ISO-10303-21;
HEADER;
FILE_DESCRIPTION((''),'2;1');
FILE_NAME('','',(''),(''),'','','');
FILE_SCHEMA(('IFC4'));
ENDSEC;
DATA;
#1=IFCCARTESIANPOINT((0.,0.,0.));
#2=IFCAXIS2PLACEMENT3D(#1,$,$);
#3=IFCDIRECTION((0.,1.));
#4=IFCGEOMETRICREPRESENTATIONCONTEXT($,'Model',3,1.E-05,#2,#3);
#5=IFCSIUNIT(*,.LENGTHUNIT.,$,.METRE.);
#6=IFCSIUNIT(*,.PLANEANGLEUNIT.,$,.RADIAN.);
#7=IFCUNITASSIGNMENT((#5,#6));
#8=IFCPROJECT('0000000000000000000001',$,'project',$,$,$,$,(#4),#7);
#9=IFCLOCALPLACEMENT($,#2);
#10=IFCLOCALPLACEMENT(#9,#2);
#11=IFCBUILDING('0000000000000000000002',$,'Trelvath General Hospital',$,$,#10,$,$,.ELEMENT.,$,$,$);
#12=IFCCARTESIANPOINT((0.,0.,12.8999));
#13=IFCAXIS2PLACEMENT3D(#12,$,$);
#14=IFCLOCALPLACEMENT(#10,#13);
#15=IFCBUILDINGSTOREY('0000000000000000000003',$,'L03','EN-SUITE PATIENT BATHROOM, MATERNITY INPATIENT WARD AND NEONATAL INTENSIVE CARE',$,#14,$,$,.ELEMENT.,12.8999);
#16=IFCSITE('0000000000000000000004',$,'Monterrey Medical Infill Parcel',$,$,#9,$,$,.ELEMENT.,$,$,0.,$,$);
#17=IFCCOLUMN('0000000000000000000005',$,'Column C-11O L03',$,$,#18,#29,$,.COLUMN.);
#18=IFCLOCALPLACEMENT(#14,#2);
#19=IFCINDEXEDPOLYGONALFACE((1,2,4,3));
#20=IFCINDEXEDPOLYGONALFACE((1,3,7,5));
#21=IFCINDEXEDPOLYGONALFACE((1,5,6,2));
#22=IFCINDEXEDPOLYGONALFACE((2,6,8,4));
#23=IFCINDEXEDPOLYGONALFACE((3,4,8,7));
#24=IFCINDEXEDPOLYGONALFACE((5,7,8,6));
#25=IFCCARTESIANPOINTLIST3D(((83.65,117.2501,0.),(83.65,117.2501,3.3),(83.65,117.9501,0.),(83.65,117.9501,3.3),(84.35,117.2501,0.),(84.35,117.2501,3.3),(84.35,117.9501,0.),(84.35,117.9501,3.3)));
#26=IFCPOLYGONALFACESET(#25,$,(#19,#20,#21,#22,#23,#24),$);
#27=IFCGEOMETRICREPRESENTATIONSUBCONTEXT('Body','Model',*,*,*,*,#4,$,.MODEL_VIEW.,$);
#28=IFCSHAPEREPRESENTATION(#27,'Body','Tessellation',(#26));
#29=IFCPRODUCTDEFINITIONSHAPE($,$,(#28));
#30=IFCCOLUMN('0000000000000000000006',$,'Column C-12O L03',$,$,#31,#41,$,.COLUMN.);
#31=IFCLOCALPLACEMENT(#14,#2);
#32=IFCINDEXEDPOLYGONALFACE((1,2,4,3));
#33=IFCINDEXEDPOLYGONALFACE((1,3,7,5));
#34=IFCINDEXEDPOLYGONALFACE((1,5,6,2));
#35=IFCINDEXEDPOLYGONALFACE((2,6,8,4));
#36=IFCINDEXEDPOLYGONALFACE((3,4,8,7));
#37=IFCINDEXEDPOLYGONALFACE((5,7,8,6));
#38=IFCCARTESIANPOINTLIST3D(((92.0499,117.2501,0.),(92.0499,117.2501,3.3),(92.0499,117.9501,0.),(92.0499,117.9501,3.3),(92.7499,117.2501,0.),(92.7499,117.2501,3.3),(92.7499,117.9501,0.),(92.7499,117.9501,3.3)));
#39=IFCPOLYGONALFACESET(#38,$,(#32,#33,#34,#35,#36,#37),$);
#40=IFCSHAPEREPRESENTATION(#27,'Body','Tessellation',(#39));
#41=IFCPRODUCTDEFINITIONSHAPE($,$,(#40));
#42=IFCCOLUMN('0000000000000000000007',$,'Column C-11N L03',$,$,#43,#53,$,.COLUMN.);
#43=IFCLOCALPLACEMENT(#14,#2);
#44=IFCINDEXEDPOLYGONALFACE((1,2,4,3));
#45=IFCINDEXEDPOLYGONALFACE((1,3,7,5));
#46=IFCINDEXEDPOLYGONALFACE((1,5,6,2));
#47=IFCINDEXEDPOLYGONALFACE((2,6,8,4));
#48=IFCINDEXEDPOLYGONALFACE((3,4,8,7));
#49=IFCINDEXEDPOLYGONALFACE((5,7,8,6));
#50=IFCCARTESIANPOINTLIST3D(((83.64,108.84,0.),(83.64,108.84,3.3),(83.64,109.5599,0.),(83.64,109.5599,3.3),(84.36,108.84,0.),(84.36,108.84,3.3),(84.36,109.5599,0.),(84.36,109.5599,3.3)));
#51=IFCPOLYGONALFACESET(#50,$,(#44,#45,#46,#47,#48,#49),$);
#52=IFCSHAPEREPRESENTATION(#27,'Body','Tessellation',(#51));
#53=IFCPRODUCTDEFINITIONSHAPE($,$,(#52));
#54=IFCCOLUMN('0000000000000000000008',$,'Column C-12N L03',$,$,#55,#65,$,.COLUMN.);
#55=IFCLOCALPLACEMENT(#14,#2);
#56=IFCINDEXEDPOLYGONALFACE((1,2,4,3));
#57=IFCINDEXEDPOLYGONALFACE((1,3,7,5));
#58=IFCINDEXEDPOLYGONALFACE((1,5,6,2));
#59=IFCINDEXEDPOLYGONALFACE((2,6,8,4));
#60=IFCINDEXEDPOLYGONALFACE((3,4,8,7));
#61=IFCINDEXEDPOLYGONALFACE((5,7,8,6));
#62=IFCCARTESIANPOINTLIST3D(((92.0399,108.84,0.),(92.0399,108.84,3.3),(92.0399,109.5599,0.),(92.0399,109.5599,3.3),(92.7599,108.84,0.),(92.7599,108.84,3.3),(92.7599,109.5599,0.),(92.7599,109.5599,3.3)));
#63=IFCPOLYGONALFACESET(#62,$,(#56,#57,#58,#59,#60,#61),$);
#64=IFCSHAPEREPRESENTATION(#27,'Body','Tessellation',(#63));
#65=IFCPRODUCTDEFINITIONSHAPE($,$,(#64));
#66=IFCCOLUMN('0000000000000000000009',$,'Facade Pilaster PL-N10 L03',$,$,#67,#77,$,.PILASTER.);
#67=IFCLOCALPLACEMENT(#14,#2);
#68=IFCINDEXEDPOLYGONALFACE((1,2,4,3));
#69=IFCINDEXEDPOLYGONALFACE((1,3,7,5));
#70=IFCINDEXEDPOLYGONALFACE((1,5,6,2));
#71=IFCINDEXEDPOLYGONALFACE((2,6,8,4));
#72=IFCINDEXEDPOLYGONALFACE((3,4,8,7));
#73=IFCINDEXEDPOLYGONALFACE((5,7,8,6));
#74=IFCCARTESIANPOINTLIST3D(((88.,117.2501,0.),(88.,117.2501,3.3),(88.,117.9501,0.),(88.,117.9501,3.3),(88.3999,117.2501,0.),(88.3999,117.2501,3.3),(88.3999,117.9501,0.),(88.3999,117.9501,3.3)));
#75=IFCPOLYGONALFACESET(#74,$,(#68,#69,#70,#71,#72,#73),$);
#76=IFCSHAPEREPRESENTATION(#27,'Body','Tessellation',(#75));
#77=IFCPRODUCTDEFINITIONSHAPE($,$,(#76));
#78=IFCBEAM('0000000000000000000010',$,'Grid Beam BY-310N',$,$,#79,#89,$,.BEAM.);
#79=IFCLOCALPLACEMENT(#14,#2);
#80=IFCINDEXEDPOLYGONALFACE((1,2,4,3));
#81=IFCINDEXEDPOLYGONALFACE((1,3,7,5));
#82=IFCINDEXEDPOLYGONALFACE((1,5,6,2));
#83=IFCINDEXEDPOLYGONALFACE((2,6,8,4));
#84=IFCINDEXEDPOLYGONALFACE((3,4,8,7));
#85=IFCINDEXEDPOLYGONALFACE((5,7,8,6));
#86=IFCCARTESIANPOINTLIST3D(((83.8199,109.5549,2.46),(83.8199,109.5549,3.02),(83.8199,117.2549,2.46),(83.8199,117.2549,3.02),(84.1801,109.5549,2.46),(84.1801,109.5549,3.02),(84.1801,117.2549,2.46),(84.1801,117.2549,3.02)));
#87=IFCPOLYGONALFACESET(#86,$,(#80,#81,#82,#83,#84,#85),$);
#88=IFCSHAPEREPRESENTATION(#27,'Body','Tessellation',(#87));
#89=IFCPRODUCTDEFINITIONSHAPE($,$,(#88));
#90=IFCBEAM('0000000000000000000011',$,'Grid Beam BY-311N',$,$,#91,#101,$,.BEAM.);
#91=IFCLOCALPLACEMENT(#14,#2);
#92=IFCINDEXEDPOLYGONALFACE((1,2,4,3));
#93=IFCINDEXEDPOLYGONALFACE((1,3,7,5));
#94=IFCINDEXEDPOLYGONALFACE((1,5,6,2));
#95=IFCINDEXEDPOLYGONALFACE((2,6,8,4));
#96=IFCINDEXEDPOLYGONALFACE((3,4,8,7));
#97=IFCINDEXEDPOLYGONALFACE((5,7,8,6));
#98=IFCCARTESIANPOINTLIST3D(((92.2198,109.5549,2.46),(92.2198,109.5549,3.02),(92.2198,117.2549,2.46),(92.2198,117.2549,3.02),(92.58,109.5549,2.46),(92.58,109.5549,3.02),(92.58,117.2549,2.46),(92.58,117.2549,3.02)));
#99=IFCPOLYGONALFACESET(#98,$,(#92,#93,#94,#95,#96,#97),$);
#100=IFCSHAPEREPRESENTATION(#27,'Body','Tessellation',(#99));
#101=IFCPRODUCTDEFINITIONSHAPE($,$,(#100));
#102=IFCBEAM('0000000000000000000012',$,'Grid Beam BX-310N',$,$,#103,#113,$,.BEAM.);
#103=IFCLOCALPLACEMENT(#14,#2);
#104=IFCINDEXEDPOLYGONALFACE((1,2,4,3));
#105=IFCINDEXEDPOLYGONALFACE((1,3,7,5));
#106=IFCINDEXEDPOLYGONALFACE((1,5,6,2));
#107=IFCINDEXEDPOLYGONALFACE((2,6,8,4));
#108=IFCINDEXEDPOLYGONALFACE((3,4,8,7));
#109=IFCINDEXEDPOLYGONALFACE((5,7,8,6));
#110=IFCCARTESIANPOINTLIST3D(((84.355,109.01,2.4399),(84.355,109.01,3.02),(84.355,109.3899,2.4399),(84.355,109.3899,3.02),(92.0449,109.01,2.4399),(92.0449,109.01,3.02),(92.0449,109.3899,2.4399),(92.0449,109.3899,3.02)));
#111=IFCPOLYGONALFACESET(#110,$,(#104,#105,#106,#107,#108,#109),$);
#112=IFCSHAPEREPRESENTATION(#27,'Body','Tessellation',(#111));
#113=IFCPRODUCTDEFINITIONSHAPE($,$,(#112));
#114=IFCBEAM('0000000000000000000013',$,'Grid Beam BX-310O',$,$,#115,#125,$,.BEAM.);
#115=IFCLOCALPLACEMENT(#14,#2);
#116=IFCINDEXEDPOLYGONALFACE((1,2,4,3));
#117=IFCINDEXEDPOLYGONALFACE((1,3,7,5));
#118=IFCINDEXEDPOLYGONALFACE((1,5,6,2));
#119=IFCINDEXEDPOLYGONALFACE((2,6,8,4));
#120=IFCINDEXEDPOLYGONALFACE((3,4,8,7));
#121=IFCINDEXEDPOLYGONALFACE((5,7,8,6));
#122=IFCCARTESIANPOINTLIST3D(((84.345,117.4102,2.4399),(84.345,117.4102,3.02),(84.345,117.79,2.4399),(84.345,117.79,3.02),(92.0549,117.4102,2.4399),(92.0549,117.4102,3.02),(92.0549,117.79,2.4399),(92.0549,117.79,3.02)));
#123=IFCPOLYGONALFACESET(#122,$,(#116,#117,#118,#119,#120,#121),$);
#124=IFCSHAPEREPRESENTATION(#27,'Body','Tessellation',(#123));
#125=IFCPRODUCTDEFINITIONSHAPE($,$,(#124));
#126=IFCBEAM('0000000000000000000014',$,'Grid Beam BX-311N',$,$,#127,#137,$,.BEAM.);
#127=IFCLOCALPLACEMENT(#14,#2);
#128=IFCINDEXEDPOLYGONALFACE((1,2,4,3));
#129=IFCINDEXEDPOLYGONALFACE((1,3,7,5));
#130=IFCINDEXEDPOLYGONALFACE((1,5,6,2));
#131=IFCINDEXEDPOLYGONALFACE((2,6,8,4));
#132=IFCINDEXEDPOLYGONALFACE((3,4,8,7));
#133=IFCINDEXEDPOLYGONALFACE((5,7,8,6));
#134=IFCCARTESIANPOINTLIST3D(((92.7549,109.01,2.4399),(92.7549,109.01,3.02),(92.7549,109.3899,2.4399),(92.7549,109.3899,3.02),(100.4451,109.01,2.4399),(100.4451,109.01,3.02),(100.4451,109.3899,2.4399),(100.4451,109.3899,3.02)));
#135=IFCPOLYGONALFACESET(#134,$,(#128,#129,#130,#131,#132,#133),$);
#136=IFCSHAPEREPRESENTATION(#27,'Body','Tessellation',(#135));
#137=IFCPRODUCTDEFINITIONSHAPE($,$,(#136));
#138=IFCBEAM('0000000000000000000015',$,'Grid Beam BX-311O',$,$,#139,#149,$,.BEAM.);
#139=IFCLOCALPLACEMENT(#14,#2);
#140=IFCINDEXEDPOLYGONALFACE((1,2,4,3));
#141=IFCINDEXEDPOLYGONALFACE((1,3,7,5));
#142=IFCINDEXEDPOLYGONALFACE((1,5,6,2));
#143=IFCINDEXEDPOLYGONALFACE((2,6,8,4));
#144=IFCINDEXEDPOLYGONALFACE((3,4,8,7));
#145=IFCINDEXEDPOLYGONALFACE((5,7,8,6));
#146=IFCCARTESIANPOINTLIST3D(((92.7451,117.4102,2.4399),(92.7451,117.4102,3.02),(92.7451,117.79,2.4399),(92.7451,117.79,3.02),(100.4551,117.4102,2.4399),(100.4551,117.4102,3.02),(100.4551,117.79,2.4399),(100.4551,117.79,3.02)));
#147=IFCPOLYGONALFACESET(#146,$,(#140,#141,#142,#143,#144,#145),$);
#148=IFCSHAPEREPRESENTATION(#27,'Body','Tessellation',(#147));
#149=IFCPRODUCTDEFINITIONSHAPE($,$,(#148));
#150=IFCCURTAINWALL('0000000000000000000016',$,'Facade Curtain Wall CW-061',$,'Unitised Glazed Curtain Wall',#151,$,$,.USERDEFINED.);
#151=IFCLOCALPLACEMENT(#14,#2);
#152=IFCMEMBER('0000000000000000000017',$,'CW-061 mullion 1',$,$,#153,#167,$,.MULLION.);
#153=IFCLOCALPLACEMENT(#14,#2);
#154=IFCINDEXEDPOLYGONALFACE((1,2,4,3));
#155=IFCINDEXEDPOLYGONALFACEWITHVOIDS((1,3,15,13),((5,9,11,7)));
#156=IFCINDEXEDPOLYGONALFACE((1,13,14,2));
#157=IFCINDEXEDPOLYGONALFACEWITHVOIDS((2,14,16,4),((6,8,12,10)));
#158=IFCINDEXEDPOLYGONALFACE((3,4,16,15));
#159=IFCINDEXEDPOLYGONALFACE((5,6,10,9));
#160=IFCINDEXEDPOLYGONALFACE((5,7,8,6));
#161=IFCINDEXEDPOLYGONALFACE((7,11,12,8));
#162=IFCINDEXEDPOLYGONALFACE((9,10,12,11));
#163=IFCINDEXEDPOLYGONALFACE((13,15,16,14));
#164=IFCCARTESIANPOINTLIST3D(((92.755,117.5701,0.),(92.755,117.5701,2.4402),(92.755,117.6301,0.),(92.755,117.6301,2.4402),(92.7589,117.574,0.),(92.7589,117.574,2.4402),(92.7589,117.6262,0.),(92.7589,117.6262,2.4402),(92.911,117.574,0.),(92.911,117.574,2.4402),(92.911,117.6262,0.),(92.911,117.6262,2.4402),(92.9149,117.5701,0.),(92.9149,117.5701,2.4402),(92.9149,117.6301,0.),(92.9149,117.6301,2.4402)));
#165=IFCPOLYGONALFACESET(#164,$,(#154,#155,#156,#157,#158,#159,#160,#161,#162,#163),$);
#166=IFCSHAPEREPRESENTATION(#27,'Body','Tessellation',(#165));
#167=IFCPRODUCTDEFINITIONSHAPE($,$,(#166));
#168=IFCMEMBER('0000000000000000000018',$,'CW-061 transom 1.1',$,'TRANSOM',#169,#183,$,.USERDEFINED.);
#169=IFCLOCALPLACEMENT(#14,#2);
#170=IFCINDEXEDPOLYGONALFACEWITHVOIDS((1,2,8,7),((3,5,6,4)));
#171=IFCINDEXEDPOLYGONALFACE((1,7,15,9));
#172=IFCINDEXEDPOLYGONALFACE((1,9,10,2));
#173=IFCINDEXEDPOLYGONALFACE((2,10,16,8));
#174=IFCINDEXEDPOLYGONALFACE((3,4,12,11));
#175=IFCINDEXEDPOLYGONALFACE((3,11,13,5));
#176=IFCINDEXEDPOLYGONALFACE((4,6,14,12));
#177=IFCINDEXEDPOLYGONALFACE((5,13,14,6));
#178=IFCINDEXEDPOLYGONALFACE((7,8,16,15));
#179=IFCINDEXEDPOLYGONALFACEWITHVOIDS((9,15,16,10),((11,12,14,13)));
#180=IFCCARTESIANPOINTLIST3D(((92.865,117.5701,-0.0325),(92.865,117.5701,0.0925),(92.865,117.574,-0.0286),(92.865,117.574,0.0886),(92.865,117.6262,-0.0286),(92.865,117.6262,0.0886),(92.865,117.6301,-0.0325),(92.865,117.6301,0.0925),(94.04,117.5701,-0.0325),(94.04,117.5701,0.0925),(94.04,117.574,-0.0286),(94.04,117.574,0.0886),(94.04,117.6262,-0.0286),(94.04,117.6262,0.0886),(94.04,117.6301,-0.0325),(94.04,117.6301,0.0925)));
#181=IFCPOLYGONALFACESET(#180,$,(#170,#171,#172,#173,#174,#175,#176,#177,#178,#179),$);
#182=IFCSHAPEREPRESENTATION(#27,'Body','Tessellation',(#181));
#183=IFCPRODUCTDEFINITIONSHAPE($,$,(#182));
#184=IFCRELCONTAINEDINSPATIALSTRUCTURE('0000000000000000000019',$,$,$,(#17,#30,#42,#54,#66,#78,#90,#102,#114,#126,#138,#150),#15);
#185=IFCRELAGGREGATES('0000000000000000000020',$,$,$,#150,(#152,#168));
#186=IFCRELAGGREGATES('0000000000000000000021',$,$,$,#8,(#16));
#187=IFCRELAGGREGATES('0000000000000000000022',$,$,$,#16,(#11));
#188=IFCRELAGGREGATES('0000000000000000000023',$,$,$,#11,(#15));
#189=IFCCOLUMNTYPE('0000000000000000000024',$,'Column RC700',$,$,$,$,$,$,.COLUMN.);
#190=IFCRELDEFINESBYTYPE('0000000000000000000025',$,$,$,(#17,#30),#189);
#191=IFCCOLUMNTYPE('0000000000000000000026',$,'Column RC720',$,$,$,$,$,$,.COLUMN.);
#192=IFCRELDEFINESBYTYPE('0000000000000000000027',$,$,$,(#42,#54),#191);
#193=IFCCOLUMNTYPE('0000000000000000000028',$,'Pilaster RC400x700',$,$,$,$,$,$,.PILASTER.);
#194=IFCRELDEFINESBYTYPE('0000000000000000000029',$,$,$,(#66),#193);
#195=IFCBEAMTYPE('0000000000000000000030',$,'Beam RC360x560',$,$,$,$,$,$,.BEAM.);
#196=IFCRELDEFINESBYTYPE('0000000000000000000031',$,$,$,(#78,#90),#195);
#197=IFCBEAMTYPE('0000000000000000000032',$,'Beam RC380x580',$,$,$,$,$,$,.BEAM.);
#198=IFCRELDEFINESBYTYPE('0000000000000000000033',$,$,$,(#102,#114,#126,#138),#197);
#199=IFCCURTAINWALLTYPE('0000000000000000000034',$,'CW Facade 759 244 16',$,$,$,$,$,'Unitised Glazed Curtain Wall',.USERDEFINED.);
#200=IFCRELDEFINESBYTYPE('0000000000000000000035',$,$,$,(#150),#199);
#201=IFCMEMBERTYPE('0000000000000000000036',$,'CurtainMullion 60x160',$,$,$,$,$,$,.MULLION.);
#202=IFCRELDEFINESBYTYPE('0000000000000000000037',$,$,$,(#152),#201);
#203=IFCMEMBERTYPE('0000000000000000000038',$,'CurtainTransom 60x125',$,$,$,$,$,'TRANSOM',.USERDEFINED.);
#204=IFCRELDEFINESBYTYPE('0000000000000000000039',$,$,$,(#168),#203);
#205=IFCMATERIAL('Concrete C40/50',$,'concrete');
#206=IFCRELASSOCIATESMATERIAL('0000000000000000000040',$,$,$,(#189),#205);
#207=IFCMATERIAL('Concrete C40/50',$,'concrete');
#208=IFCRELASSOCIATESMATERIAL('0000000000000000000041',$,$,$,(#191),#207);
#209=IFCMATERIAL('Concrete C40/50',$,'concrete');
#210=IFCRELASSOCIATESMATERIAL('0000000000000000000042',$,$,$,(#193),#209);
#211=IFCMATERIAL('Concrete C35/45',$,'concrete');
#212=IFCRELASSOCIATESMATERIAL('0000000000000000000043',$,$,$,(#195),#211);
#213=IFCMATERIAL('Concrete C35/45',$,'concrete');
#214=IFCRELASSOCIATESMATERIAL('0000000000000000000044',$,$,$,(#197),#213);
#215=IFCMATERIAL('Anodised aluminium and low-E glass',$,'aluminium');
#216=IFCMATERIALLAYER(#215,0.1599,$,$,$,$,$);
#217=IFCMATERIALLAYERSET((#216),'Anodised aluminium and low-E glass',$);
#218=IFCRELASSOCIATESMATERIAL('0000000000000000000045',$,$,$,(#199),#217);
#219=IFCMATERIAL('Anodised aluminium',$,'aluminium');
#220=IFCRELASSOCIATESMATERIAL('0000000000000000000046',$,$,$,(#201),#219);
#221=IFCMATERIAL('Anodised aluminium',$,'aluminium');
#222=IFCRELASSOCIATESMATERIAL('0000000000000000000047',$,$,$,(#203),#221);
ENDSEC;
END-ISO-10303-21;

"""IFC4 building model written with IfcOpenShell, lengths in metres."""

from ifc_helpers import new_model, si_unit, direction, frame, origin, origin_2d, place, context, subcontext, project, spatial, rectangle, hollow_rectangle, extrude, material, layer, layer_set, material_profile, profile_set, type_object, element, aggregate, save


model = new_model("IFC4")

# Units and contexts
model_context = context("Model", 3, precision=1e-05, world=origin(), true_north=direction((0.0, 1.0)))
body_context = subcontext(model_context, "Body", "Model", "MODEL_VIEW")
ifc_project = project(units=[si_unit("LENGTHUNIT", "METRE"), si_unit("PLANEANGLEUNIT", "RADIAN")], contexts=[model_context])

# Site, building, storey
site_placement = place(None, origin())
site = spatial("IfcSite", under=ifc_project, at=site_placement, Name="Monterrey Medical Infill Parcel", CompositionType="ELEMENT", RefElevation=0.0)
building_placement = place(site_placement, origin())
building = spatial("IfcBuilding", under=site, at=building_placement, Name="Trelvath General Hospital", CompositionType="ELEMENT")
storey_placement = place(building_placement, frame((0.0, 0.0, 12.8999)))
storey = spatial("IfcBuildingStorey", under=building, at=storey_placement, Name="L03", Description="EN-SUITE PATIENT BATHROOM, MATERNITY INPATIENT WARD AND NEONATAL INTENSIVE CARE", CompositionType="ELEMENT", Elevation=12.8999)

# Columns
ifc_material_1 = material(Name="Concrete C40/50", Category="concrete")
ifc_material_profile_1 = material_profile(ifc_material_1, rectangle(XDim=0.7, YDim=0.7, at=origin_2d()), Name="RC700x700")
ifc_profile_set_1 = profile_set([ifc_material_profile_1], Name="Concrete C40/50")
column_type_1 = type_object("IfcColumnType", Name="Column RC700", PredefinedType="COLUMN", material=ifc_profile_set_1)
for number, where, z_axis, x_axis, name in (
    (1, (84.0, 117.6001, 0.0), (0.0, 0.0, 1.0), (1.0, 0.0, 0.0), "Column C-11O L03"),
    (2, (92.3999, 117.6001, 0.0), (0.0, 0.0, 1.0), (1.0, 0.0, 0.0), "Column C-12O L03"),
):
    element("IfcColumn", number, at=place(storey_placement, frame(where, z_axis=z_axis, x_axis=x_axis)), inside=storey, type_object=column_type_1, Name=name, PredefinedType="COLUMN", context=body_context, shape_type="SweptSolid", body=[
        extrude(rectangle(XDim=0.7, YDim=0.7, at=origin_2d()), origin(), (0.0, 0.0, 1.0), 3.3),
    ])
ifc_material_2 = material(Name="Concrete C40/50", Category="concrete")
ifc_material_profile_2 = material_profile(ifc_material_2, rectangle(XDim=0.72, YDim=0.72, at=origin_2d()), Name="RC720x720")
ifc_profile_set_2 = profile_set([ifc_material_profile_2], Name="Concrete C40/50")
column_type_2 = type_object("IfcColumnType", Name="Column RC720", PredefinedType="COLUMN", material=ifc_profile_set_2)
for number, where, z_axis, x_axis, name in (
    (3, (84.0, 109.2, 0.0), (0.0, 0.0, 1.0), (1.0, 0.0, 0.0), "Column C-11N L03"),
    (4, (92.3999, 109.2, 0.0), (0.0, 0.0, 1.0), (1.0, 0.0, 0.0), "Column C-12N L03"),
):
    element("IfcColumn", number, at=place(storey_placement, frame(where, z_axis=z_axis, x_axis=x_axis)), inside=storey, type_object=column_type_2, Name=name, PredefinedType="COLUMN", context=body_context, shape_type="SweptSolid", body=[
        extrude(rectangle(XDim=0.72, YDim=0.72, at=origin_2d()), origin(), (0.0, 0.0, 1.0), 3.3),
    ])
ifc_material_3 = material(Name="Concrete C40/50", Category="concrete")
ifc_material_profile_3 = material_profile(ifc_material_3, rectangle(XDim=0.3999, YDim=0.7, at=origin_2d()), Name="RC400x700")
ifc_profile_set_3 = profile_set([ifc_material_profile_3], Name="Concrete C40/50")
column_type_3 = type_object("IfcColumnType", Name="Pilaster RC400x700", PredefinedType="PILASTER", material=ifc_profile_set_3)
column_placement = place(storey_placement, frame((88.2, 117.6001, 0.0), z_axis=(0.0, 0.0, 1.0), x_axis=(1.0, 0.0, 0.0)))
element("IfcColumn", 5, at=column_placement, inside=storey, type_object=column_type_3, Name="Facade Pilaster PL-N10 L03", PredefinedType="PILASTER", context=body_context, shape_type="SweptSolid", body=[
    extrude(rectangle(XDim=0.3999, YDim=0.7, at=origin_2d()), origin(), (0.0, 0.0, 1.0), 3.3),
])

# Beams
ifc_material_4 = material(Name="Concrete C35/45", Category="concrete")
ifc_material_profile_4 = material_profile(ifc_material_4, rectangle(XDim=0.3601, YDim=0.5601, at=origin_2d()), Name="RCB360x560")
ifc_profile_set_4 = profile_set([ifc_material_profile_4], Name="Concrete C35/45")
beam_type_1 = type_object("IfcBeamType", Name="Beam RC360x560", PredefinedType="BEAM", material=ifc_profile_set_4)
for number, where, z_axis, x_axis, name in (
    (6, (84.0, 109.5549, 2.74), (0.0, 1.0, 0.0), (-1.0, 0.0, 0.0), "Grid Beam BY-310N"),
    (7, (92.3999, 109.5549, 2.74), (0.0, 1.0, 0.0), (-1.0, 0.0, 0.0), "Grid Beam BY-311N"),
):
    element("IfcBeam", number, at=place(storey_placement, frame(where, z_axis=z_axis, x_axis=x_axis)), inside=storey, type_object=beam_type_1, Name=name, PredefinedType="BEAM", context=body_context, shape_type="SweptSolid", body=[
        extrude(rectangle(XDim=0.3601, YDim=0.5601, at=origin_2d()), origin(), (0.0, 0.0, 1.0), 7.7),
    ])
ifc_material_5 = material(Name="Concrete C35/45", Category="concrete")
ifc_material_profile_5 = material_profile(ifc_material_5, rectangle(XDim=0.3799, YDim=0.5801, at=origin_2d()), Name="RCB380x580")
ifc_profile_set_5 = profile_set([ifc_material_profile_5], Name="Concrete C35/45")
beam_type_2 = type_object("IfcBeamType", Name="Beam RC380x580", PredefinedType="BEAM", material=ifc_profile_set_5)
beam_1_placement = place(storey_placement, frame((84.355, 109.2, 2.73), z_axis=(1.0, 0.0, 0.0), x_axis=(0.0, 1.0, 0.0)))
element("IfcBeam", 8, at=beam_1_placement, inside=storey, type_object=beam_type_2, Name="Grid Beam BX-310N", PredefinedType="BEAM", context=body_context, shape_type="SweptSolid", body=[
    extrude(rectangle(XDim=0.3799, YDim=0.5801, at=origin_2d()), origin(), (0.0, 0.0, 1.0), 7.6899),
])
beam_2_placement = place(storey_placement, frame((84.345, 117.6001, 2.73), z_axis=(1.0, 0.0, 0.0), x_axis=(0.0, 1.0, 0.0)))
element("IfcBeam", 9, at=beam_2_placement, inside=storey, type_object=beam_type_2, Name="Grid Beam BX-310O", PredefinedType="BEAM", context=body_context, shape_type="SweptSolid", body=[
    extrude(rectangle(XDim=0.3799, YDim=0.5801, at=origin_2d()), origin(), (0.0, 0.0, 1.0), 7.71),
])
beam_3_placement = place(storey_placement, frame((92.7549, 109.2, 2.73), z_axis=(1.0, 0.0, 0.0), x_axis=(0.0, 1.0, 0.0)))
element("IfcBeam", 10, at=beam_3_placement, inside=storey, type_object=beam_type_2, Name="Grid Beam BX-311N", PredefinedType="BEAM", context=body_context, shape_type="SweptSolid", body=[
    extrude(rectangle(XDim=0.3799, YDim=0.5801, at=origin_2d()), origin(), (0.0, 0.0, 1.0), 7.6902),
])
beam_4_placement = place(storey_placement, frame((92.7451, 117.6001, 2.73), z_axis=(1.0, 0.0, 0.0), x_axis=(0.0, 1.0, 0.0)))
element("IfcBeam", 11, at=beam_4_placement, inside=storey, type_object=beam_type_2, Name="Grid Beam BX-311O", PredefinedType="BEAM", context=body_context, shape_type="SweptSolid", body=[
    extrude(rectangle(XDim=0.3799, YDim=0.5801, at=origin_2d()), origin(), (0.0, 0.0, 1.0), 7.71),
])

# Curtain wall, members
ifc_material_6 = material(Name="Anodised aluminium and low-E glass", Category="aluminium")
ifc_layer_1 = layer(ifc_material_6, 0.1599)
ifc_layer_set_1 = layer_set([ifc_layer_1], Name="Anodised aluminium and low-E glass")
curtain_wall_type = type_object("IfcCurtainWallType", Name="CW Facade 759 244 16", ElementType="Unitised Glazed Curtain Wall", PredefinedType="USERDEFINED", material=ifc_layer_set_1)
curtain_wall_placement = place(storey_placement, origin())
curtain_wall = element("IfcCurtainWall", 12, at=curtain_wall_placement, inside=storey, type_object=curtain_wall_type, Name="Facade Curtain Wall CW-061", ObjectType="Unitised Glazed Curtain Wall", PredefinedType="USERDEFINED")
ifc_material_7 = material(Name="Anodised aluminium", Category="aluminium")
ifc_material_profile_6 = material_profile(ifc_material_7, hollow_rectangle(XDim=0.0601, YDim=0.1599, WallThickness=0.0039, at=origin_2d()), Name="RHS60x160x4")
ifc_profile_set_6 = profile_set([ifc_material_profile_6], Name="Anodised aluminium")
member_type_1 = type_object("IfcMemberType", Name="CurtainMullion 60x160", PredefinedType="MULLION", material=ifc_profile_set_6)
member_1_placement = place(storey_placement, frame((92.835, 117.6001, 0.0), z_axis=(0.0, 0.0, 1.0), x_axis=(0.0, 1.0, 0.0)))
member_1 = element("IfcMember", 13, at=member_1_placement, type_object=member_type_1, Name="CW-061 mullion 1", PredefinedType="MULLION", context=body_context, shape_type="SweptSolid", body=[
    extrude(hollow_rectangle(XDim=0.0601, YDim=0.1599, WallThickness=0.0039, at=origin_2d()), origin(), (0.0, 0.0, 1.0), 2.4402),
])
ifc_material_8 = material(Name="Anodised aluminium", Category="aluminium")
ifc_material_profile_7 = material_profile(ifc_material_8, hollow_rectangle(XDim=0.0601, YDim=0.125, WallThickness=0.0039, at=origin_2d()), Name="RHS60x125x4")
ifc_profile_set_7 = profile_set([ifc_material_profile_7], Name="Anodised aluminium")
member_type_2 = type_object("IfcMemberType", Name="CurtainTransom 60x125", ElementType="TRANSOM", PredefinedType="USERDEFINED", material=ifc_profile_set_7)
member_2_placement = place(storey_placement, frame((92.865, 117.6001, 0.03), z_axis=(1.0, 0.0, 0.0), x_axis=(0.0, 1.0, 0.0)))
member_2 = element("IfcMember", 14, at=member_2_placement, type_object=member_type_2, Name="CW-061 transom 1.1", ObjectType="TRANSOM", PredefinedType="USERDEFINED", context=body_context, shape_type="SweptSolid", body=[
    extrude(hollow_rectangle(XDim=0.0601, YDim=0.125, WallThickness=0.0039, at=origin_2d()), origin(), (0.0, 0.0, 1.0), 1.175),
])
aggregate(curtain_wall, [member_1, member_2])

save(model, "model.ifc")
